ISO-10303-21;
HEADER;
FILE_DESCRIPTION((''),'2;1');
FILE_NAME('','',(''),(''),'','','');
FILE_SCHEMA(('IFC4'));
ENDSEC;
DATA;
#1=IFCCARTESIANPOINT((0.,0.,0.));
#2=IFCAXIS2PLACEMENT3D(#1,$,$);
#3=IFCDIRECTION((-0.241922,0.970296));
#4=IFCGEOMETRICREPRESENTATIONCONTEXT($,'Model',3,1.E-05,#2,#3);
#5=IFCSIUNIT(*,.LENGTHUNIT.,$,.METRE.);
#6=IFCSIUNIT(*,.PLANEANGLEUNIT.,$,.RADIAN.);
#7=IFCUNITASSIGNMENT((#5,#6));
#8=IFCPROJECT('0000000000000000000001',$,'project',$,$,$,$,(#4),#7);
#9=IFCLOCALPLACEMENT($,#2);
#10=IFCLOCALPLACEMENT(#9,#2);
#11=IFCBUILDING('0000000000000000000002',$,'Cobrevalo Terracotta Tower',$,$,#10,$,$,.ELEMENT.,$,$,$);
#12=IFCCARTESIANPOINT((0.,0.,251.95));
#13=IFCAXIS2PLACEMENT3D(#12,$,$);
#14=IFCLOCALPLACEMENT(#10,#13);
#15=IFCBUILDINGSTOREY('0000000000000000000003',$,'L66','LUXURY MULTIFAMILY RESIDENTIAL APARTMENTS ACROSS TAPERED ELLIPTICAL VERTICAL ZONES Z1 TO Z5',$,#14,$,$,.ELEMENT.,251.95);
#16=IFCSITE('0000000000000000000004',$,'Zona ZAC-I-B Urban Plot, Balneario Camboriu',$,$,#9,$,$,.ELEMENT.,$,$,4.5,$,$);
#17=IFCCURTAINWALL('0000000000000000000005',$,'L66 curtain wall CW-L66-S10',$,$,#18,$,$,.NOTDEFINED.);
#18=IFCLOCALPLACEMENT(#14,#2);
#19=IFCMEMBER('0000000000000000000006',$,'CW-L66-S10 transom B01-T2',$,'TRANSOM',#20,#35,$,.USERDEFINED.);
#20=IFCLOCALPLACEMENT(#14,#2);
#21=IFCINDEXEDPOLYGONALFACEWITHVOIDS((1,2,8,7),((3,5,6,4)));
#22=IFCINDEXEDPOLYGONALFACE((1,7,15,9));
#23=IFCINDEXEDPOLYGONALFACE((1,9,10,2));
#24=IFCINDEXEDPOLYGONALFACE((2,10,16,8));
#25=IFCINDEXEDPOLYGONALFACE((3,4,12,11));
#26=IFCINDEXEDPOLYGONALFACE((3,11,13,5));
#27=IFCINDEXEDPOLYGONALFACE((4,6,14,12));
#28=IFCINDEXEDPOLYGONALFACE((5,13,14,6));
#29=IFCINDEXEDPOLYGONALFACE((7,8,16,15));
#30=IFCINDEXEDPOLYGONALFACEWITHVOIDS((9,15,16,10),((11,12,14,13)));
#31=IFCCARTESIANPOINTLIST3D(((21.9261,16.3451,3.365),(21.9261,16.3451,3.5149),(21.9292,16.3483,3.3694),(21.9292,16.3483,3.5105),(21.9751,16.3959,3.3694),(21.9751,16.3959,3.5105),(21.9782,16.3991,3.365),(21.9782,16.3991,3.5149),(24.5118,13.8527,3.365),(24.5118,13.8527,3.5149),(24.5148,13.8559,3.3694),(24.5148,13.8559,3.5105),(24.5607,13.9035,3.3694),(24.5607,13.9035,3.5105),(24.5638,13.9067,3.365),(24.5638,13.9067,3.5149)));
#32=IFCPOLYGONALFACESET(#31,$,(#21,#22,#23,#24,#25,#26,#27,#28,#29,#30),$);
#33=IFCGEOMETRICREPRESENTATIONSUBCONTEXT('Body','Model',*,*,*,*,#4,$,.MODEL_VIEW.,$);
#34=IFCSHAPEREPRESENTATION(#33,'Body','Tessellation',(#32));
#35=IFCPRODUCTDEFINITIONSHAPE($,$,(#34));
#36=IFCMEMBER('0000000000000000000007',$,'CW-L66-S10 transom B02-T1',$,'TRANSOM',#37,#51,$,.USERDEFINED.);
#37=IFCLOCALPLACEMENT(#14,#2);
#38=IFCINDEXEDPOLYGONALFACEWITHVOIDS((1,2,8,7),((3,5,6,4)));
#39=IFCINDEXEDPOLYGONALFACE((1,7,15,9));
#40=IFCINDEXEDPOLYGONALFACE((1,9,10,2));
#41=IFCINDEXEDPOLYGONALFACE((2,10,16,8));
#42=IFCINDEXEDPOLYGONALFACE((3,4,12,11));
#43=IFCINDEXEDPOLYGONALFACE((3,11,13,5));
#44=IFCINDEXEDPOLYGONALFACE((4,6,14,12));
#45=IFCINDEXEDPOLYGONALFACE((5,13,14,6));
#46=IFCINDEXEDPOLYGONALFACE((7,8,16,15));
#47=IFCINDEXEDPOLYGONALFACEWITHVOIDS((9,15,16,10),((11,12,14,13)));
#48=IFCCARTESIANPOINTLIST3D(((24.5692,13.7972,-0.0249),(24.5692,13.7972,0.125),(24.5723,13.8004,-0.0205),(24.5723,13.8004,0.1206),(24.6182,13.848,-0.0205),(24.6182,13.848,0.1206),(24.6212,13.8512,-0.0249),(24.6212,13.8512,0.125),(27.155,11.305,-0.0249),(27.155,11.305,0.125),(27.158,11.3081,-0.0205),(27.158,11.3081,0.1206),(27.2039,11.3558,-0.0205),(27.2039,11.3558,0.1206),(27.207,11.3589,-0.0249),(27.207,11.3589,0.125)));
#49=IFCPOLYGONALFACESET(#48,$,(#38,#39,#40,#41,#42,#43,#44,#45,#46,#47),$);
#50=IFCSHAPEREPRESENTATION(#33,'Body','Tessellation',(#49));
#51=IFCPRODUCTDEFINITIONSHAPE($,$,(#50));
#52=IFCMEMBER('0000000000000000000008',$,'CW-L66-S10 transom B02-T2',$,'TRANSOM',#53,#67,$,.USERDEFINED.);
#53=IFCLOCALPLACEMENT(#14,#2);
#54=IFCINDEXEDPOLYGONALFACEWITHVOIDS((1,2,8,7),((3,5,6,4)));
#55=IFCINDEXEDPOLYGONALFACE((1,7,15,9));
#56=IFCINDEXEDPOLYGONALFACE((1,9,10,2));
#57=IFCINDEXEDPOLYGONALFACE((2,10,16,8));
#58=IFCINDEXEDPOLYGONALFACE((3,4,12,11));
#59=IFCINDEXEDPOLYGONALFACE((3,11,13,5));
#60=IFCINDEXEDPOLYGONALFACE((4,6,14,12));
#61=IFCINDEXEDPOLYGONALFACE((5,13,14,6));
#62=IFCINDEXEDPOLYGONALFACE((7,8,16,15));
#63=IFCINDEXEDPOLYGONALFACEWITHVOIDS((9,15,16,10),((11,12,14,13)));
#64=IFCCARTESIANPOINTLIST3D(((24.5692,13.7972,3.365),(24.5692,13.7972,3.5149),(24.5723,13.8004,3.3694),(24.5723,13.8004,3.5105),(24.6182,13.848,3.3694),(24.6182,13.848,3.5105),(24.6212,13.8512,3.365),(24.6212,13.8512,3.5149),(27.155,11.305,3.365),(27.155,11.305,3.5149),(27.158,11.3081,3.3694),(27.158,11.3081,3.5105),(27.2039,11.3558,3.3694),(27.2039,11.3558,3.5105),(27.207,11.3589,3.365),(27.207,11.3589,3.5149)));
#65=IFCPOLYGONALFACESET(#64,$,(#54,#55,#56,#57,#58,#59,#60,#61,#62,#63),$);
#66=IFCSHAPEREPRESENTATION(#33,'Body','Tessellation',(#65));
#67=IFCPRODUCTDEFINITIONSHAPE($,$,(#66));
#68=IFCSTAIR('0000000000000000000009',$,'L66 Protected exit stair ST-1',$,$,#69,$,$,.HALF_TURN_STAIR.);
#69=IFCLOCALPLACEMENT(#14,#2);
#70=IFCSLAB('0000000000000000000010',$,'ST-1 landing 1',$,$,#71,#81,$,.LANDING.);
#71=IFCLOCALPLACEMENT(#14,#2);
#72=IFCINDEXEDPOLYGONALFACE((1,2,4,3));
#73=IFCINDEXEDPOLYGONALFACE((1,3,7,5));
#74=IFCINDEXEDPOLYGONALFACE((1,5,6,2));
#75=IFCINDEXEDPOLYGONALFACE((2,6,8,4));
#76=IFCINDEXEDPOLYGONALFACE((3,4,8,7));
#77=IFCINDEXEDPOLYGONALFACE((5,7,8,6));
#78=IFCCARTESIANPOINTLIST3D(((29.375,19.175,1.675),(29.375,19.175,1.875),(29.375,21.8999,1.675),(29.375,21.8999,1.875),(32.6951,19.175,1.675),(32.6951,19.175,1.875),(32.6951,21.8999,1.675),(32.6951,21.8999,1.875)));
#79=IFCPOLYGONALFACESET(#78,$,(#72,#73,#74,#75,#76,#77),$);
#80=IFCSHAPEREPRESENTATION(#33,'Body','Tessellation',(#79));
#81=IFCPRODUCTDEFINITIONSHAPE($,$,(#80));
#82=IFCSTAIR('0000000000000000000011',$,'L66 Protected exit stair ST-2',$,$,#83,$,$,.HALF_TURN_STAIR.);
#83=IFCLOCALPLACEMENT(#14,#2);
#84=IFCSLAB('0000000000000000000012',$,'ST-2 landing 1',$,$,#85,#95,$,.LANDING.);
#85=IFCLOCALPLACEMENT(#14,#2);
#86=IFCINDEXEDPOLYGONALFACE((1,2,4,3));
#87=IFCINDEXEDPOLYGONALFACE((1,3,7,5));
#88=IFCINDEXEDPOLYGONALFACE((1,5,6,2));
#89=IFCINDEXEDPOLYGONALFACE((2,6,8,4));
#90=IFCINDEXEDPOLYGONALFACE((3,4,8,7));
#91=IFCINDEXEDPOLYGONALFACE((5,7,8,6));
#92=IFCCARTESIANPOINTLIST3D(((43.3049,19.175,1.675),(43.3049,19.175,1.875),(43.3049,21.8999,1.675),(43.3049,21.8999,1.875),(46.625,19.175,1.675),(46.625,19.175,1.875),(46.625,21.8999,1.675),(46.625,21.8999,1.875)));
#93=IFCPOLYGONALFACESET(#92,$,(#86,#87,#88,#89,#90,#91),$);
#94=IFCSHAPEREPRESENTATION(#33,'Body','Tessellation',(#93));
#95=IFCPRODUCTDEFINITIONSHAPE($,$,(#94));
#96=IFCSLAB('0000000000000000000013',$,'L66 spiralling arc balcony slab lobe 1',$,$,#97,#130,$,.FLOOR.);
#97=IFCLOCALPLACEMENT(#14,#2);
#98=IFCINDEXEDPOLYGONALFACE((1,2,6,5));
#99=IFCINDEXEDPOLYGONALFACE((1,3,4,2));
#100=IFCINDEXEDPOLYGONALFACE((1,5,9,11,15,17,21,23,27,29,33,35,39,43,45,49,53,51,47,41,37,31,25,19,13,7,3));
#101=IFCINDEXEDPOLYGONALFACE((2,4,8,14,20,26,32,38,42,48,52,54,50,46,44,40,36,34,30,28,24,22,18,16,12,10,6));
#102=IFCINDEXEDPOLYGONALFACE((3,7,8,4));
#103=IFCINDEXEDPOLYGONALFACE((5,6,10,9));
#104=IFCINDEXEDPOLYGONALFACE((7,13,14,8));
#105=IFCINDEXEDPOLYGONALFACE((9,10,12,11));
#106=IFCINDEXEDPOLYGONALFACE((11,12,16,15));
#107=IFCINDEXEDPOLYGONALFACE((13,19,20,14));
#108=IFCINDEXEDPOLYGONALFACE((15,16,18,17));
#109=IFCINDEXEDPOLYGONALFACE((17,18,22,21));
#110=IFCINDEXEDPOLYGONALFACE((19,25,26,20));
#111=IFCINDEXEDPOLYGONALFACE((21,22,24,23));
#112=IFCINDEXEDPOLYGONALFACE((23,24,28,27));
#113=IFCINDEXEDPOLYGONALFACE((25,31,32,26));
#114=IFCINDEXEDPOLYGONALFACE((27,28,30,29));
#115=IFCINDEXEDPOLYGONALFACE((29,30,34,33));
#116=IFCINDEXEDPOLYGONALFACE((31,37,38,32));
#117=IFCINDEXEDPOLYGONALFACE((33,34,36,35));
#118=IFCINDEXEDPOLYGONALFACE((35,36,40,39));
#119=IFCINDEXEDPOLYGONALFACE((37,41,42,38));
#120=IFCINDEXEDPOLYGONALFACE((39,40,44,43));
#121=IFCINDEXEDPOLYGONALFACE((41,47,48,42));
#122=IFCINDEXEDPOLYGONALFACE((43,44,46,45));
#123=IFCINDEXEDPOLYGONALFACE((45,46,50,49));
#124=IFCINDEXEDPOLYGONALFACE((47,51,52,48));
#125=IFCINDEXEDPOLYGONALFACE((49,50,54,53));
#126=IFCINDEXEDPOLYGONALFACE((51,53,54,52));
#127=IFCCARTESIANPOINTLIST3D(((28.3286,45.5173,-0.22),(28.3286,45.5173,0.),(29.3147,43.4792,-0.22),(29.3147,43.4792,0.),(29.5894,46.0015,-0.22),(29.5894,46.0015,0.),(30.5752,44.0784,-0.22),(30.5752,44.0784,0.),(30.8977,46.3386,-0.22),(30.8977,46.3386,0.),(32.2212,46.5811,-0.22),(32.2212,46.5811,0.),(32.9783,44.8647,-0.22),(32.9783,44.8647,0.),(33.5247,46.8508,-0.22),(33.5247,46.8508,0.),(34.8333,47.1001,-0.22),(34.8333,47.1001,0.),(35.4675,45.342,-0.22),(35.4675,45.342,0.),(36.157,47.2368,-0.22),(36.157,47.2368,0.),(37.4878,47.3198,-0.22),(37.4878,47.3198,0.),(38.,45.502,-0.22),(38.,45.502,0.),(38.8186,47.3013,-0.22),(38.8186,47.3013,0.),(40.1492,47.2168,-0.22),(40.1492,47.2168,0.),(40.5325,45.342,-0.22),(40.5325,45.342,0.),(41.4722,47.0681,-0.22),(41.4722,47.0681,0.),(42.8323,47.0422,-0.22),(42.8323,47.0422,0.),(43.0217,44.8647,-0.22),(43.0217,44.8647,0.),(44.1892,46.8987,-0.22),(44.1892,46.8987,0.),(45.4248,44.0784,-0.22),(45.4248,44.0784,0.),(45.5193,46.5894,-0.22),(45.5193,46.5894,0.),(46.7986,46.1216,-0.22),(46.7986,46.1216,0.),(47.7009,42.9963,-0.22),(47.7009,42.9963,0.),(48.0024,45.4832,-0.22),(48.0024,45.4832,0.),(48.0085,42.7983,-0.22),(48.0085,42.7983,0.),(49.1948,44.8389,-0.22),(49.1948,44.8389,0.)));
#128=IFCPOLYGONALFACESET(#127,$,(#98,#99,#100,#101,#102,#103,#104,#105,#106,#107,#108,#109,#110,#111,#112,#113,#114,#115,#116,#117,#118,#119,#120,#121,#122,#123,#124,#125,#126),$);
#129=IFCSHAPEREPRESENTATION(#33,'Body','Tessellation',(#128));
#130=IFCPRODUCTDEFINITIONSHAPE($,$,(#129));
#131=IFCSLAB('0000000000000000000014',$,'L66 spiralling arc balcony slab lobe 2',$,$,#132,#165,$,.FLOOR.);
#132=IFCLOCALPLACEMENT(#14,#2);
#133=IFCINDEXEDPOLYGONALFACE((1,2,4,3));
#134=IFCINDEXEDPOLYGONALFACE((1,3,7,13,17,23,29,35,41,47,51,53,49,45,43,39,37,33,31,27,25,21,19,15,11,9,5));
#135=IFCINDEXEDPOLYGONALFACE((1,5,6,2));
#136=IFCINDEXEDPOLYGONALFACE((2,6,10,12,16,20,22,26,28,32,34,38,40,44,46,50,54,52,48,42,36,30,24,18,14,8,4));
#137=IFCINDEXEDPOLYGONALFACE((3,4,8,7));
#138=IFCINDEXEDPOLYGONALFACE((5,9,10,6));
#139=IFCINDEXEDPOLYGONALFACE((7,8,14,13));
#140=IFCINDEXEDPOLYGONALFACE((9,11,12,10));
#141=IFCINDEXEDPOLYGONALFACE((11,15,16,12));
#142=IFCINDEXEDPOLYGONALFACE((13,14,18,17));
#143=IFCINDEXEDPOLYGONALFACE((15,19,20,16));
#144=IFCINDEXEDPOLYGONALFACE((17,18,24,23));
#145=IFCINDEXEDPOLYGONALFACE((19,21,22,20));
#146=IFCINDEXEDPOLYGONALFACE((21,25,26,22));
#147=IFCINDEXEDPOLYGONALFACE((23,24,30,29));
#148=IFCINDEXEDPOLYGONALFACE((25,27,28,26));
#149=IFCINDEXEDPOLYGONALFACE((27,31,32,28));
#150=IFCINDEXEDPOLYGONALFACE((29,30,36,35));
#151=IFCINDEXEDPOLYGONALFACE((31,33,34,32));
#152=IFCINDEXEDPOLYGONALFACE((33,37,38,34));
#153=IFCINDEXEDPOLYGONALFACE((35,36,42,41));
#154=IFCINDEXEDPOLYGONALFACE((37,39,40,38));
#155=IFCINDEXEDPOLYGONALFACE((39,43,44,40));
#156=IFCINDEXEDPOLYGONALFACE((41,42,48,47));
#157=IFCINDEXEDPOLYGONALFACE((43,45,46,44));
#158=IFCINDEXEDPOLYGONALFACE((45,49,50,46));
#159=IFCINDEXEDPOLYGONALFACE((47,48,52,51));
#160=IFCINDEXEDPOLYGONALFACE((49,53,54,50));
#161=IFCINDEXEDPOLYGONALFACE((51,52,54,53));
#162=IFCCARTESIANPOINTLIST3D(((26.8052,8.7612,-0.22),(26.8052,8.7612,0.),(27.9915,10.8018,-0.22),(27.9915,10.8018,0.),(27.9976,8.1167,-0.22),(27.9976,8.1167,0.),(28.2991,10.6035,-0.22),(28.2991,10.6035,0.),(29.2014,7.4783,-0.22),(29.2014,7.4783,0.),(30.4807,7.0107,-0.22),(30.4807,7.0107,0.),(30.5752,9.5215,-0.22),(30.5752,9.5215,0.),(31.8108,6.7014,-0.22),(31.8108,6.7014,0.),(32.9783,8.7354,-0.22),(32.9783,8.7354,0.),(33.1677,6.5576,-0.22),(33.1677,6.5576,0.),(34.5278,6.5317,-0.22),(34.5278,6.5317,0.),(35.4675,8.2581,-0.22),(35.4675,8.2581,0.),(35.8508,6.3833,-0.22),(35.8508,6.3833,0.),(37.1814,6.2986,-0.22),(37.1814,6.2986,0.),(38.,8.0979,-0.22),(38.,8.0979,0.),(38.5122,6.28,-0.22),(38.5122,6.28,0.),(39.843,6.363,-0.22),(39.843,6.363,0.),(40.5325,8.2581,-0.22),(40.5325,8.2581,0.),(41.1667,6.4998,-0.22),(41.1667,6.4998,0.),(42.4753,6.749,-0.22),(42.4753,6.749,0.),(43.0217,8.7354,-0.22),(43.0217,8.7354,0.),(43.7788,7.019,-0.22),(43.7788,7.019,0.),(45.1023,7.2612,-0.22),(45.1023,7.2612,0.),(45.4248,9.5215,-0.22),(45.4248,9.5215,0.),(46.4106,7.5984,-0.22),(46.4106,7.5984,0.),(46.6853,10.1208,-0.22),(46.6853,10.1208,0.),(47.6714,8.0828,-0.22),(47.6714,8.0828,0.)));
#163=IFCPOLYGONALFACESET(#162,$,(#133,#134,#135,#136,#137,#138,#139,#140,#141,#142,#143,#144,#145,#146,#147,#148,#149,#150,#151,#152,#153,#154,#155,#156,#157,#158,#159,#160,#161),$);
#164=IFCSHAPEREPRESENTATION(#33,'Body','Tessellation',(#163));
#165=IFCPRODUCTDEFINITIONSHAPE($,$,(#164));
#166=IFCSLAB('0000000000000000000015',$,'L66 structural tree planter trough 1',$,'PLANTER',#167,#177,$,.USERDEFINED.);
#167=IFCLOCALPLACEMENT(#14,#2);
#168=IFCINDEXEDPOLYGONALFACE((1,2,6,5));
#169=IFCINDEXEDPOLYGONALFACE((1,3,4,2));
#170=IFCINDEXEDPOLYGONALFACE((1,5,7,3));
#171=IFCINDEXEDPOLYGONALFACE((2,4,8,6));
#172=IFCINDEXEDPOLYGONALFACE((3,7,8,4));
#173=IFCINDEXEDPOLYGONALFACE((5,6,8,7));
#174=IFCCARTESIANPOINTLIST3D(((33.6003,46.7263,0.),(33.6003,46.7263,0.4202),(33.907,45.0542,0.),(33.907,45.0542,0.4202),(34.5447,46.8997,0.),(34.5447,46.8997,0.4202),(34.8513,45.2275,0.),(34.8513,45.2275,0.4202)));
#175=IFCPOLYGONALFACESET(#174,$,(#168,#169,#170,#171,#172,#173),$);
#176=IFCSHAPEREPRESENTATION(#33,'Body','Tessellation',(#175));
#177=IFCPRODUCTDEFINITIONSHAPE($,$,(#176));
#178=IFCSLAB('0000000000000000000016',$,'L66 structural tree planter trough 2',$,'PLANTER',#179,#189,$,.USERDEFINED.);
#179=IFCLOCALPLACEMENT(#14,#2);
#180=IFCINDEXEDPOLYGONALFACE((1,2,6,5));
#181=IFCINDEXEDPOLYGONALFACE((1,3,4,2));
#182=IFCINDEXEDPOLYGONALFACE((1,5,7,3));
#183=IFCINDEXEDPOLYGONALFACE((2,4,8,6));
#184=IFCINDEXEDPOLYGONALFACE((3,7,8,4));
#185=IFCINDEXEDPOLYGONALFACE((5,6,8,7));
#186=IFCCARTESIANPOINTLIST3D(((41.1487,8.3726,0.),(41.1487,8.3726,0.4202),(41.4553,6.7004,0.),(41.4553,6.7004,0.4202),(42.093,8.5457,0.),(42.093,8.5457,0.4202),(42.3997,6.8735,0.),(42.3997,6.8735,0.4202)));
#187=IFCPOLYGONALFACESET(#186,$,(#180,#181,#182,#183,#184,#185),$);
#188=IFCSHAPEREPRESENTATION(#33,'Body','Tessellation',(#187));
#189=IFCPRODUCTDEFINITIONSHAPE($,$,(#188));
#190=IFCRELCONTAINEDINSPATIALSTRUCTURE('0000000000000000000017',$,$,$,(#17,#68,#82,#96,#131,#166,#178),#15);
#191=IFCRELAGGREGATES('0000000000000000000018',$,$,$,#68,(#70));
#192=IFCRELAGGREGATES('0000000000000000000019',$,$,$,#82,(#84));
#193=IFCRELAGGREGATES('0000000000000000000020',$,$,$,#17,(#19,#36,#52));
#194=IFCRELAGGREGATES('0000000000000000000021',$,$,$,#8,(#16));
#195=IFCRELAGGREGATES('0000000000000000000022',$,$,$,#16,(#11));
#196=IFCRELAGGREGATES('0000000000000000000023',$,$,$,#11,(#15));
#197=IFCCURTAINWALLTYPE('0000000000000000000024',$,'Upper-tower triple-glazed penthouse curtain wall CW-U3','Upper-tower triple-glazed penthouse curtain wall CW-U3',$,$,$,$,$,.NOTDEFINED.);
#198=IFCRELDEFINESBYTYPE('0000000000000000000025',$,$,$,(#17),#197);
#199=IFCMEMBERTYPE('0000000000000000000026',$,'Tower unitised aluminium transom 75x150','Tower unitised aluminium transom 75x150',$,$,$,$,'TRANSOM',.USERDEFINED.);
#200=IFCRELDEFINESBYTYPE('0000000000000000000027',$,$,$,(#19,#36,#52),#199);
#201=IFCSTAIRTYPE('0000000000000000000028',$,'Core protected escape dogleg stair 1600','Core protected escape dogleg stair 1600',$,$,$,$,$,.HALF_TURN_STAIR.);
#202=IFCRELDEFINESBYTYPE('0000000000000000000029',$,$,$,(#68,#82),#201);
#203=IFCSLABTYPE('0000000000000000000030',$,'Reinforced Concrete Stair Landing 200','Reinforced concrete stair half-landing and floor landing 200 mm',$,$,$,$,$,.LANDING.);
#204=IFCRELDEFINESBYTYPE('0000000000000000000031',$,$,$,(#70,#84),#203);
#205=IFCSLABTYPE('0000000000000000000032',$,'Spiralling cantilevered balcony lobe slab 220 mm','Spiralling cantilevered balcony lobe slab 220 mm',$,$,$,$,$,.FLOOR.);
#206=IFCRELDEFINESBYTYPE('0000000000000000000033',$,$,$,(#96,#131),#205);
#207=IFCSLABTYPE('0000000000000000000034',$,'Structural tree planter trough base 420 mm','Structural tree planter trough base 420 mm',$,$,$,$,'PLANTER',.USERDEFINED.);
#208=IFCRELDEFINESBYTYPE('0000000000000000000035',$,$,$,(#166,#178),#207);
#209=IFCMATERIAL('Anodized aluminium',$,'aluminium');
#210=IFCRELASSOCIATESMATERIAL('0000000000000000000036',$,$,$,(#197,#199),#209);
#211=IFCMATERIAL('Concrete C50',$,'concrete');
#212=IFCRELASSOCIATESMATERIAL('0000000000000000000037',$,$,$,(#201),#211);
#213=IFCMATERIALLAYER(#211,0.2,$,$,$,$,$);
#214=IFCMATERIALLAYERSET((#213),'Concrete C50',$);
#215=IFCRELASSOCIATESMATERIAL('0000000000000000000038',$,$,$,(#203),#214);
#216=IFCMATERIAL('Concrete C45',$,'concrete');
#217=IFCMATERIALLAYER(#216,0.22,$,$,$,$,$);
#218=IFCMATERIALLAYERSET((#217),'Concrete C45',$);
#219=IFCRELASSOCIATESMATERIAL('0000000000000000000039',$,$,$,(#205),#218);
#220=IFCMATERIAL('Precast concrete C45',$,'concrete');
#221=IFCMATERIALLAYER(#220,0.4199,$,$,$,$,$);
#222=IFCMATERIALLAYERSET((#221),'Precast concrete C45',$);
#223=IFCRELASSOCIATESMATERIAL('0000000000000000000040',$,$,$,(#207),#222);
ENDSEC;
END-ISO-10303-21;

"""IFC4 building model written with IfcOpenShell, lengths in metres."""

from ifc_helpers import new_model, si_unit, direction, frame, origin, origin_2d, place, context, subcontext, project, spatial, polyline, hollow_rectangle, outline, extrude, source, transform, mapped, material, layer, layer_set, material_profile, profile_set, type_object, element, aggregate, save


model = new_model("IFC4")

# Units and contexts
model_context = context("Model", 3, precision=1e-05, world=origin(), true_north=direction((-0.241922, 0.970296)))
body_context = subcontext(model_context, "Body", "Model", "MODEL_VIEW")
ifc_project = project(units=[si_unit("LENGTHUNIT", "METRE"), si_unit("PLANEANGLEUNIT", "RADIAN")], contexts=[model_context])

# Site, building, storey
site_placement = place(None, origin())
site = spatial("IfcSite", under=ifc_project, at=site_placement, Name="Zona ZAC-I-B Urban Plot, Balneario Camboriu", CompositionType="ELEMENT", RefElevation=4.5)
building_placement = place(site_placement, origin())
building = spatial("IfcBuilding", under=site, at=building_placement, Name="Cobrevalo Terracotta Tower", CompositionType="ELEMENT")
storey_placement = place(building_placement, frame((0.0, 0.0, 251.95)))
storey = spatial("IfcBuildingStorey", under=building, at=storey_placement, Name="L66", Description="LUXURY MULTIFAMILY RESIDENTIAL APARTMENTS ACROSS TAPERED ELLIPTICAL VERTICAL ZONES Z1 TO Z5", CompositionType="ELEMENT", Elevation=251.95)

# Curtain wall, members
ifc_material_1 = material(Name="Anodized aluminium", Category="aluminium")
curtain_wall_type = type_object("IfcCurtainWallType", Name="Upper-tower triple-glazed penthouse curtain wall CW-U3", Description="Upper-tower triple-glazed penthouse curtain wall CW-U3", PredefinedType="NOTDEFINED", material=ifc_material_1)
curtain_wall_placement = place(storey_placement, origin())
curtain_wall = element("IfcCurtainWall", 1, at=curtain_wall_placement, inside=storey, type_object=curtain_wall_type, Name="L66 curtain wall CW-L66-S10", PredefinedType="NOTDEFINED")
ifc_material_profile_1 = material_profile(ifc_material_1, hollow_rectangle(XDim=0.075, YDim=0.1499, WallThickness=0.0044, at=origin_2d()), Name="CWT 75x150")
ifc_profile_set_1 = profile_set([ifc_material_profile_1], Name="Anodized aluminium")
member_type_1 = type_object("IfcMemberType", Name="Tower unitised aluminium transom 75x150", Description="Tower unitised aluminium transom 75x150", ElementType="TRANSOM", PredefinedType="USERDEFINED", material=ifc_profile_set_1)
shared_shape_1 = source(origin(), body_context, "Body", "SweptSolid", [
    extrude(hollow_rectangle(XDim=0.075, YDim=0.1499, WallThickness=0.0044, at=origin_2d()), origin(), (0.0, 0.0, 1.0), 3.5913),
])
member_1_placement = place(storey_placement, frame((21.9521, 16.3721, 3.4399), z_axis=(0.719972, -0.694003, 0.0), x_axis=(0.694003, 0.719972, 0.0)))
member_1 = element("IfcMember", 2, at=member_1_placement, type_object=member_type_1, Name="CW-L66-S10 transom B01-T2", ObjectType="TRANSOM", PredefinedType="USERDEFINED", context=body_context, shape_type="MappedRepresentation", body=[
    mapped(shared_shape_1, transform((0.0, 0.0, 0.0), scale=1.0)),
])
member_2_placement = place(storey_placement, frame((24.5952, 13.8242, 0.05), z_axis=(0.720006, -0.693968, 0.0), x_axis=(0.693968, 0.720006, 0.0)))
member_2 = element("IfcMember", 3, at=member_2_placement, type_object=member_type_1, Name="CW-L66-S10 transom B02-T1", ObjectType="TRANSOM", PredefinedType="USERDEFINED", context=body_context, shape_type="MappedRepresentation", body=[
    mapped(shared_shape_1, transform((0.0, 0.0, 0.0), scale=1.0)),
])
member_3_placement = place(storey_placement, frame((24.5952, 13.8242, 3.4399), z_axis=(0.720006, -0.693968, 0.0), x_axis=(0.693968, 0.720006, 0.0)))
member_3 = element("IfcMember", 4, at=member_3_placement, type_object=member_type_1, Name="CW-L66-S10 transom B02-T2", ObjectType="TRANSOM", PredefinedType="USERDEFINED", context=body_context, shape_type="MappedRepresentation", body=[
    mapped(shared_shape_1, transform((0.0, 0.0, 0.0), scale=1.0)),
])

# Stairs, slabs
ifc_material_2 = material(Name="Concrete C50", Category="concrete")
stair_type = type_object("IfcStairType", Name="Core protected escape dogleg stair 1600", Description="Core protected escape dogleg stair 1600", PredefinedType="HALF_TURN_STAIR", material=ifc_material_2)
stair_1_placement = place(storey_placement, origin())
stair_1 = element("IfcStair", 5, at=stair_1_placement, inside=storey, type_object=stair_type, Name="L66 Protected exit stair ST-1", PredefinedType="HALF_TURN_STAIR")
ifc_layer_1 = layer(ifc_material_2, 0.2)
ifc_layer_set_1 = layer_set([ifc_layer_1], Name="Concrete C50")
slab_type_1 = type_object("IfcSlabType", Name="Reinforced Concrete Stair Landing 200", Description="Reinforced concrete stair half-landing and floor landing 200 mm", PredefinedType="LANDING", material=ifc_layer_set_1)
slab_1_placement = place(storey_placement, frame((0.0, 0.0, 1.675)))
slab_1 = element("IfcSlab", 6, at=slab_1_placement, type_object=slab_type_1, Name="ST-1 landing 1", PredefinedType="LANDING", context=body_context, shape_type="SweptSolid", body=[
    extrude(outline(polyline([(29.375, 21.8999), (29.375, 19.175), (32.6951, 19.175), (32.6951, 21.8999), (29.375, 21.8999)])), origin(), (0.0, 0.0, 1.0), 0.2),
])
aggregate(stair_1, [slab_1])
stair_2_placement = place(storey_placement, origin())
stair_2 = element("IfcStair", 7, at=stair_2_placement, inside=storey, type_object=stair_type, Name="L66 Protected exit stair ST-2", PredefinedType="HALF_TURN_STAIR")
slab_2_placement = place(storey_placement, frame((0.0, 0.0, 1.675)))
slab_2 = element("IfcSlab", 8, at=slab_2_placement, type_object=slab_type_1, Name="ST-2 landing 1", PredefinedType="LANDING", context=body_context, shape_type="SweptSolid", body=[
    extrude(outline(polyline([(43.3049, 21.8999), (43.3049, 19.175), (46.625, 19.175), (46.625, 21.8999), (43.3049, 21.8999)])), origin(), (0.0, 0.0, 1.0), 0.2),
])
aggregate(stair_2, [slab_2])

# Slabs
ifc_material_3 = material(Name="Concrete C45", Category="concrete")
ifc_layer_2 = layer(ifc_material_3, 0.22)
ifc_layer_set_2 = layer_set([ifc_layer_2], Name="Concrete C45")
slab_type_2 = type_object("IfcSlabType", Name="Spiralling cantilevered balcony lobe slab 220 mm", Description="Spiralling cantilevered balcony lobe slab 220 mm", PredefinedType="FLOOR", material=ifc_layer_set_2)
slab_3_placement = place(storey_placement, frame((0.0, 0.0, -0.22)))
element("IfcSlab", 9, at=slab_3_placement, inside=storey, type_object=slab_type_2, Name="L66 spiralling arc balcony slab lobe 1", PredefinedType="FLOOR", context=body_context, shape_type="SweptSolid", body=[
    extrude(outline(polyline([(49.1948, 44.8389), (48.0024, 45.4832), (46.7986, 46.1216), (45.5193, 46.5894), (44.1892, 46.8987), (42.8323, 47.0422), (41.4722, 47.0681), (40.1492, 47.2168), (38.8186, 47.3013), (37.4878, 47.3198), (36.157, 47.2368), (34.8333, 47.1001), (33.5247, 46.8508), (32.2212, 46.5811), (30.8977, 46.3386), (29.5894, 46.0015), (28.3286, 45.5173), (29.3147, 43.4792), (30.5752, 44.0784), (32.9783, 44.8647), (35.4675, 45.342), (38.0, 45.502), (40.5325, 45.342), (43.0217, 44.8647), (45.4248, 44.0784), (47.7009, 42.9963), (48.0085, 42.7983), (49.1948, 44.8389)])), origin(), (0.0, 0.0, 1.0), 0.22),
])
slab_4_placement = place(storey_placement, frame((0.0, 0.0, -0.22)))
element("IfcSlab", 10, at=slab_4_placement, inside=storey, type_object=slab_type_2, Name="L66 spiralling arc balcony slab lobe 2", PredefinedType="FLOOR", context=body_context, shape_type="SweptSolid", body=[
    extrude(outline(polyline([(26.8052, 8.7612), (27.9976, 8.1167), (29.2014, 7.4783), (30.4807, 7.0107), (31.8108, 6.7014), (33.1677, 6.5576), (34.5278, 6.5317), (35.8508, 6.3833), (37.1814, 6.2986), (38.5122, 6.28), (39.843, 6.363), (41.1667, 6.4998), (42.4753, 6.749), (43.7788, 7.019), (45.1023, 7.2612), (46.4106, 7.5984), (47.6714, 8.0828), (46.6853, 10.1208), (45.4248, 9.5215), (43.0217, 8.7354), (40.5325, 8.2581), (38.0, 8.0979), (35.4675, 8.2581), (32.9783, 8.7354), (30.5752, 9.5215), (28.2991, 10.6035), (27.9915, 10.8018), (26.8052, 8.7612)])), origin(), (0.0, 0.0, 1.0), 0.22),
])
ifc_material_4 = material(Name="Precast concrete C45", Category="concrete")
ifc_layer_3 = layer(ifc_material_4, 0.4199)
ifc_layer_set_3 = layer_set([ifc_layer_3], Name="Precast concrete C45")
slab_type_3 = type_object("IfcSlabType", Name="Structural tree planter trough base 420 mm", Description="Structural tree planter trough base 420 mm", ElementType="PLANTER", PredefinedType="USERDEFINED", material=ifc_layer_set_3)
slab_5_placement = place(storey_placement, origin())
element("IfcSlab", 11, at=slab_5_placement, inside=storey, type_object=slab_type_3, Name="L66 structural tree planter trough 1", ObjectType="PLANTER", PredefinedType="USERDEFINED", context=body_context, shape_type="SweptSolid", body=[
    extrude(outline(polyline([(34.8513, 45.2275), (34.5447, 46.8997), (33.6003, 46.7263), (33.907, 45.0542), (34.8513, 45.2275)])), origin(), (0.0, 0.0, 1.0), 0.4202),
])
slab_6_placement = place(storey_placement, origin())
element("IfcSlab", 12, at=slab_6_placement, inside=storey, type_object=slab_type_3, Name="L66 structural tree planter trough 2", ObjectType="PLANTER", PredefinedType="USERDEFINED", context=body_context, shape_type="SweptSolid", body=[
    extrude(outline(polyline([(41.1487, 8.3726), (41.4553, 6.7004), (42.3997, 6.8735), (42.093, 8.5457), (41.1487, 8.3726)])), origin(), (0.0, 0.0, 1.0), 0.4202),
])

aggregate(curtain_wall, [member_1, member_2, member_3])

save(model, "model.ifc")
